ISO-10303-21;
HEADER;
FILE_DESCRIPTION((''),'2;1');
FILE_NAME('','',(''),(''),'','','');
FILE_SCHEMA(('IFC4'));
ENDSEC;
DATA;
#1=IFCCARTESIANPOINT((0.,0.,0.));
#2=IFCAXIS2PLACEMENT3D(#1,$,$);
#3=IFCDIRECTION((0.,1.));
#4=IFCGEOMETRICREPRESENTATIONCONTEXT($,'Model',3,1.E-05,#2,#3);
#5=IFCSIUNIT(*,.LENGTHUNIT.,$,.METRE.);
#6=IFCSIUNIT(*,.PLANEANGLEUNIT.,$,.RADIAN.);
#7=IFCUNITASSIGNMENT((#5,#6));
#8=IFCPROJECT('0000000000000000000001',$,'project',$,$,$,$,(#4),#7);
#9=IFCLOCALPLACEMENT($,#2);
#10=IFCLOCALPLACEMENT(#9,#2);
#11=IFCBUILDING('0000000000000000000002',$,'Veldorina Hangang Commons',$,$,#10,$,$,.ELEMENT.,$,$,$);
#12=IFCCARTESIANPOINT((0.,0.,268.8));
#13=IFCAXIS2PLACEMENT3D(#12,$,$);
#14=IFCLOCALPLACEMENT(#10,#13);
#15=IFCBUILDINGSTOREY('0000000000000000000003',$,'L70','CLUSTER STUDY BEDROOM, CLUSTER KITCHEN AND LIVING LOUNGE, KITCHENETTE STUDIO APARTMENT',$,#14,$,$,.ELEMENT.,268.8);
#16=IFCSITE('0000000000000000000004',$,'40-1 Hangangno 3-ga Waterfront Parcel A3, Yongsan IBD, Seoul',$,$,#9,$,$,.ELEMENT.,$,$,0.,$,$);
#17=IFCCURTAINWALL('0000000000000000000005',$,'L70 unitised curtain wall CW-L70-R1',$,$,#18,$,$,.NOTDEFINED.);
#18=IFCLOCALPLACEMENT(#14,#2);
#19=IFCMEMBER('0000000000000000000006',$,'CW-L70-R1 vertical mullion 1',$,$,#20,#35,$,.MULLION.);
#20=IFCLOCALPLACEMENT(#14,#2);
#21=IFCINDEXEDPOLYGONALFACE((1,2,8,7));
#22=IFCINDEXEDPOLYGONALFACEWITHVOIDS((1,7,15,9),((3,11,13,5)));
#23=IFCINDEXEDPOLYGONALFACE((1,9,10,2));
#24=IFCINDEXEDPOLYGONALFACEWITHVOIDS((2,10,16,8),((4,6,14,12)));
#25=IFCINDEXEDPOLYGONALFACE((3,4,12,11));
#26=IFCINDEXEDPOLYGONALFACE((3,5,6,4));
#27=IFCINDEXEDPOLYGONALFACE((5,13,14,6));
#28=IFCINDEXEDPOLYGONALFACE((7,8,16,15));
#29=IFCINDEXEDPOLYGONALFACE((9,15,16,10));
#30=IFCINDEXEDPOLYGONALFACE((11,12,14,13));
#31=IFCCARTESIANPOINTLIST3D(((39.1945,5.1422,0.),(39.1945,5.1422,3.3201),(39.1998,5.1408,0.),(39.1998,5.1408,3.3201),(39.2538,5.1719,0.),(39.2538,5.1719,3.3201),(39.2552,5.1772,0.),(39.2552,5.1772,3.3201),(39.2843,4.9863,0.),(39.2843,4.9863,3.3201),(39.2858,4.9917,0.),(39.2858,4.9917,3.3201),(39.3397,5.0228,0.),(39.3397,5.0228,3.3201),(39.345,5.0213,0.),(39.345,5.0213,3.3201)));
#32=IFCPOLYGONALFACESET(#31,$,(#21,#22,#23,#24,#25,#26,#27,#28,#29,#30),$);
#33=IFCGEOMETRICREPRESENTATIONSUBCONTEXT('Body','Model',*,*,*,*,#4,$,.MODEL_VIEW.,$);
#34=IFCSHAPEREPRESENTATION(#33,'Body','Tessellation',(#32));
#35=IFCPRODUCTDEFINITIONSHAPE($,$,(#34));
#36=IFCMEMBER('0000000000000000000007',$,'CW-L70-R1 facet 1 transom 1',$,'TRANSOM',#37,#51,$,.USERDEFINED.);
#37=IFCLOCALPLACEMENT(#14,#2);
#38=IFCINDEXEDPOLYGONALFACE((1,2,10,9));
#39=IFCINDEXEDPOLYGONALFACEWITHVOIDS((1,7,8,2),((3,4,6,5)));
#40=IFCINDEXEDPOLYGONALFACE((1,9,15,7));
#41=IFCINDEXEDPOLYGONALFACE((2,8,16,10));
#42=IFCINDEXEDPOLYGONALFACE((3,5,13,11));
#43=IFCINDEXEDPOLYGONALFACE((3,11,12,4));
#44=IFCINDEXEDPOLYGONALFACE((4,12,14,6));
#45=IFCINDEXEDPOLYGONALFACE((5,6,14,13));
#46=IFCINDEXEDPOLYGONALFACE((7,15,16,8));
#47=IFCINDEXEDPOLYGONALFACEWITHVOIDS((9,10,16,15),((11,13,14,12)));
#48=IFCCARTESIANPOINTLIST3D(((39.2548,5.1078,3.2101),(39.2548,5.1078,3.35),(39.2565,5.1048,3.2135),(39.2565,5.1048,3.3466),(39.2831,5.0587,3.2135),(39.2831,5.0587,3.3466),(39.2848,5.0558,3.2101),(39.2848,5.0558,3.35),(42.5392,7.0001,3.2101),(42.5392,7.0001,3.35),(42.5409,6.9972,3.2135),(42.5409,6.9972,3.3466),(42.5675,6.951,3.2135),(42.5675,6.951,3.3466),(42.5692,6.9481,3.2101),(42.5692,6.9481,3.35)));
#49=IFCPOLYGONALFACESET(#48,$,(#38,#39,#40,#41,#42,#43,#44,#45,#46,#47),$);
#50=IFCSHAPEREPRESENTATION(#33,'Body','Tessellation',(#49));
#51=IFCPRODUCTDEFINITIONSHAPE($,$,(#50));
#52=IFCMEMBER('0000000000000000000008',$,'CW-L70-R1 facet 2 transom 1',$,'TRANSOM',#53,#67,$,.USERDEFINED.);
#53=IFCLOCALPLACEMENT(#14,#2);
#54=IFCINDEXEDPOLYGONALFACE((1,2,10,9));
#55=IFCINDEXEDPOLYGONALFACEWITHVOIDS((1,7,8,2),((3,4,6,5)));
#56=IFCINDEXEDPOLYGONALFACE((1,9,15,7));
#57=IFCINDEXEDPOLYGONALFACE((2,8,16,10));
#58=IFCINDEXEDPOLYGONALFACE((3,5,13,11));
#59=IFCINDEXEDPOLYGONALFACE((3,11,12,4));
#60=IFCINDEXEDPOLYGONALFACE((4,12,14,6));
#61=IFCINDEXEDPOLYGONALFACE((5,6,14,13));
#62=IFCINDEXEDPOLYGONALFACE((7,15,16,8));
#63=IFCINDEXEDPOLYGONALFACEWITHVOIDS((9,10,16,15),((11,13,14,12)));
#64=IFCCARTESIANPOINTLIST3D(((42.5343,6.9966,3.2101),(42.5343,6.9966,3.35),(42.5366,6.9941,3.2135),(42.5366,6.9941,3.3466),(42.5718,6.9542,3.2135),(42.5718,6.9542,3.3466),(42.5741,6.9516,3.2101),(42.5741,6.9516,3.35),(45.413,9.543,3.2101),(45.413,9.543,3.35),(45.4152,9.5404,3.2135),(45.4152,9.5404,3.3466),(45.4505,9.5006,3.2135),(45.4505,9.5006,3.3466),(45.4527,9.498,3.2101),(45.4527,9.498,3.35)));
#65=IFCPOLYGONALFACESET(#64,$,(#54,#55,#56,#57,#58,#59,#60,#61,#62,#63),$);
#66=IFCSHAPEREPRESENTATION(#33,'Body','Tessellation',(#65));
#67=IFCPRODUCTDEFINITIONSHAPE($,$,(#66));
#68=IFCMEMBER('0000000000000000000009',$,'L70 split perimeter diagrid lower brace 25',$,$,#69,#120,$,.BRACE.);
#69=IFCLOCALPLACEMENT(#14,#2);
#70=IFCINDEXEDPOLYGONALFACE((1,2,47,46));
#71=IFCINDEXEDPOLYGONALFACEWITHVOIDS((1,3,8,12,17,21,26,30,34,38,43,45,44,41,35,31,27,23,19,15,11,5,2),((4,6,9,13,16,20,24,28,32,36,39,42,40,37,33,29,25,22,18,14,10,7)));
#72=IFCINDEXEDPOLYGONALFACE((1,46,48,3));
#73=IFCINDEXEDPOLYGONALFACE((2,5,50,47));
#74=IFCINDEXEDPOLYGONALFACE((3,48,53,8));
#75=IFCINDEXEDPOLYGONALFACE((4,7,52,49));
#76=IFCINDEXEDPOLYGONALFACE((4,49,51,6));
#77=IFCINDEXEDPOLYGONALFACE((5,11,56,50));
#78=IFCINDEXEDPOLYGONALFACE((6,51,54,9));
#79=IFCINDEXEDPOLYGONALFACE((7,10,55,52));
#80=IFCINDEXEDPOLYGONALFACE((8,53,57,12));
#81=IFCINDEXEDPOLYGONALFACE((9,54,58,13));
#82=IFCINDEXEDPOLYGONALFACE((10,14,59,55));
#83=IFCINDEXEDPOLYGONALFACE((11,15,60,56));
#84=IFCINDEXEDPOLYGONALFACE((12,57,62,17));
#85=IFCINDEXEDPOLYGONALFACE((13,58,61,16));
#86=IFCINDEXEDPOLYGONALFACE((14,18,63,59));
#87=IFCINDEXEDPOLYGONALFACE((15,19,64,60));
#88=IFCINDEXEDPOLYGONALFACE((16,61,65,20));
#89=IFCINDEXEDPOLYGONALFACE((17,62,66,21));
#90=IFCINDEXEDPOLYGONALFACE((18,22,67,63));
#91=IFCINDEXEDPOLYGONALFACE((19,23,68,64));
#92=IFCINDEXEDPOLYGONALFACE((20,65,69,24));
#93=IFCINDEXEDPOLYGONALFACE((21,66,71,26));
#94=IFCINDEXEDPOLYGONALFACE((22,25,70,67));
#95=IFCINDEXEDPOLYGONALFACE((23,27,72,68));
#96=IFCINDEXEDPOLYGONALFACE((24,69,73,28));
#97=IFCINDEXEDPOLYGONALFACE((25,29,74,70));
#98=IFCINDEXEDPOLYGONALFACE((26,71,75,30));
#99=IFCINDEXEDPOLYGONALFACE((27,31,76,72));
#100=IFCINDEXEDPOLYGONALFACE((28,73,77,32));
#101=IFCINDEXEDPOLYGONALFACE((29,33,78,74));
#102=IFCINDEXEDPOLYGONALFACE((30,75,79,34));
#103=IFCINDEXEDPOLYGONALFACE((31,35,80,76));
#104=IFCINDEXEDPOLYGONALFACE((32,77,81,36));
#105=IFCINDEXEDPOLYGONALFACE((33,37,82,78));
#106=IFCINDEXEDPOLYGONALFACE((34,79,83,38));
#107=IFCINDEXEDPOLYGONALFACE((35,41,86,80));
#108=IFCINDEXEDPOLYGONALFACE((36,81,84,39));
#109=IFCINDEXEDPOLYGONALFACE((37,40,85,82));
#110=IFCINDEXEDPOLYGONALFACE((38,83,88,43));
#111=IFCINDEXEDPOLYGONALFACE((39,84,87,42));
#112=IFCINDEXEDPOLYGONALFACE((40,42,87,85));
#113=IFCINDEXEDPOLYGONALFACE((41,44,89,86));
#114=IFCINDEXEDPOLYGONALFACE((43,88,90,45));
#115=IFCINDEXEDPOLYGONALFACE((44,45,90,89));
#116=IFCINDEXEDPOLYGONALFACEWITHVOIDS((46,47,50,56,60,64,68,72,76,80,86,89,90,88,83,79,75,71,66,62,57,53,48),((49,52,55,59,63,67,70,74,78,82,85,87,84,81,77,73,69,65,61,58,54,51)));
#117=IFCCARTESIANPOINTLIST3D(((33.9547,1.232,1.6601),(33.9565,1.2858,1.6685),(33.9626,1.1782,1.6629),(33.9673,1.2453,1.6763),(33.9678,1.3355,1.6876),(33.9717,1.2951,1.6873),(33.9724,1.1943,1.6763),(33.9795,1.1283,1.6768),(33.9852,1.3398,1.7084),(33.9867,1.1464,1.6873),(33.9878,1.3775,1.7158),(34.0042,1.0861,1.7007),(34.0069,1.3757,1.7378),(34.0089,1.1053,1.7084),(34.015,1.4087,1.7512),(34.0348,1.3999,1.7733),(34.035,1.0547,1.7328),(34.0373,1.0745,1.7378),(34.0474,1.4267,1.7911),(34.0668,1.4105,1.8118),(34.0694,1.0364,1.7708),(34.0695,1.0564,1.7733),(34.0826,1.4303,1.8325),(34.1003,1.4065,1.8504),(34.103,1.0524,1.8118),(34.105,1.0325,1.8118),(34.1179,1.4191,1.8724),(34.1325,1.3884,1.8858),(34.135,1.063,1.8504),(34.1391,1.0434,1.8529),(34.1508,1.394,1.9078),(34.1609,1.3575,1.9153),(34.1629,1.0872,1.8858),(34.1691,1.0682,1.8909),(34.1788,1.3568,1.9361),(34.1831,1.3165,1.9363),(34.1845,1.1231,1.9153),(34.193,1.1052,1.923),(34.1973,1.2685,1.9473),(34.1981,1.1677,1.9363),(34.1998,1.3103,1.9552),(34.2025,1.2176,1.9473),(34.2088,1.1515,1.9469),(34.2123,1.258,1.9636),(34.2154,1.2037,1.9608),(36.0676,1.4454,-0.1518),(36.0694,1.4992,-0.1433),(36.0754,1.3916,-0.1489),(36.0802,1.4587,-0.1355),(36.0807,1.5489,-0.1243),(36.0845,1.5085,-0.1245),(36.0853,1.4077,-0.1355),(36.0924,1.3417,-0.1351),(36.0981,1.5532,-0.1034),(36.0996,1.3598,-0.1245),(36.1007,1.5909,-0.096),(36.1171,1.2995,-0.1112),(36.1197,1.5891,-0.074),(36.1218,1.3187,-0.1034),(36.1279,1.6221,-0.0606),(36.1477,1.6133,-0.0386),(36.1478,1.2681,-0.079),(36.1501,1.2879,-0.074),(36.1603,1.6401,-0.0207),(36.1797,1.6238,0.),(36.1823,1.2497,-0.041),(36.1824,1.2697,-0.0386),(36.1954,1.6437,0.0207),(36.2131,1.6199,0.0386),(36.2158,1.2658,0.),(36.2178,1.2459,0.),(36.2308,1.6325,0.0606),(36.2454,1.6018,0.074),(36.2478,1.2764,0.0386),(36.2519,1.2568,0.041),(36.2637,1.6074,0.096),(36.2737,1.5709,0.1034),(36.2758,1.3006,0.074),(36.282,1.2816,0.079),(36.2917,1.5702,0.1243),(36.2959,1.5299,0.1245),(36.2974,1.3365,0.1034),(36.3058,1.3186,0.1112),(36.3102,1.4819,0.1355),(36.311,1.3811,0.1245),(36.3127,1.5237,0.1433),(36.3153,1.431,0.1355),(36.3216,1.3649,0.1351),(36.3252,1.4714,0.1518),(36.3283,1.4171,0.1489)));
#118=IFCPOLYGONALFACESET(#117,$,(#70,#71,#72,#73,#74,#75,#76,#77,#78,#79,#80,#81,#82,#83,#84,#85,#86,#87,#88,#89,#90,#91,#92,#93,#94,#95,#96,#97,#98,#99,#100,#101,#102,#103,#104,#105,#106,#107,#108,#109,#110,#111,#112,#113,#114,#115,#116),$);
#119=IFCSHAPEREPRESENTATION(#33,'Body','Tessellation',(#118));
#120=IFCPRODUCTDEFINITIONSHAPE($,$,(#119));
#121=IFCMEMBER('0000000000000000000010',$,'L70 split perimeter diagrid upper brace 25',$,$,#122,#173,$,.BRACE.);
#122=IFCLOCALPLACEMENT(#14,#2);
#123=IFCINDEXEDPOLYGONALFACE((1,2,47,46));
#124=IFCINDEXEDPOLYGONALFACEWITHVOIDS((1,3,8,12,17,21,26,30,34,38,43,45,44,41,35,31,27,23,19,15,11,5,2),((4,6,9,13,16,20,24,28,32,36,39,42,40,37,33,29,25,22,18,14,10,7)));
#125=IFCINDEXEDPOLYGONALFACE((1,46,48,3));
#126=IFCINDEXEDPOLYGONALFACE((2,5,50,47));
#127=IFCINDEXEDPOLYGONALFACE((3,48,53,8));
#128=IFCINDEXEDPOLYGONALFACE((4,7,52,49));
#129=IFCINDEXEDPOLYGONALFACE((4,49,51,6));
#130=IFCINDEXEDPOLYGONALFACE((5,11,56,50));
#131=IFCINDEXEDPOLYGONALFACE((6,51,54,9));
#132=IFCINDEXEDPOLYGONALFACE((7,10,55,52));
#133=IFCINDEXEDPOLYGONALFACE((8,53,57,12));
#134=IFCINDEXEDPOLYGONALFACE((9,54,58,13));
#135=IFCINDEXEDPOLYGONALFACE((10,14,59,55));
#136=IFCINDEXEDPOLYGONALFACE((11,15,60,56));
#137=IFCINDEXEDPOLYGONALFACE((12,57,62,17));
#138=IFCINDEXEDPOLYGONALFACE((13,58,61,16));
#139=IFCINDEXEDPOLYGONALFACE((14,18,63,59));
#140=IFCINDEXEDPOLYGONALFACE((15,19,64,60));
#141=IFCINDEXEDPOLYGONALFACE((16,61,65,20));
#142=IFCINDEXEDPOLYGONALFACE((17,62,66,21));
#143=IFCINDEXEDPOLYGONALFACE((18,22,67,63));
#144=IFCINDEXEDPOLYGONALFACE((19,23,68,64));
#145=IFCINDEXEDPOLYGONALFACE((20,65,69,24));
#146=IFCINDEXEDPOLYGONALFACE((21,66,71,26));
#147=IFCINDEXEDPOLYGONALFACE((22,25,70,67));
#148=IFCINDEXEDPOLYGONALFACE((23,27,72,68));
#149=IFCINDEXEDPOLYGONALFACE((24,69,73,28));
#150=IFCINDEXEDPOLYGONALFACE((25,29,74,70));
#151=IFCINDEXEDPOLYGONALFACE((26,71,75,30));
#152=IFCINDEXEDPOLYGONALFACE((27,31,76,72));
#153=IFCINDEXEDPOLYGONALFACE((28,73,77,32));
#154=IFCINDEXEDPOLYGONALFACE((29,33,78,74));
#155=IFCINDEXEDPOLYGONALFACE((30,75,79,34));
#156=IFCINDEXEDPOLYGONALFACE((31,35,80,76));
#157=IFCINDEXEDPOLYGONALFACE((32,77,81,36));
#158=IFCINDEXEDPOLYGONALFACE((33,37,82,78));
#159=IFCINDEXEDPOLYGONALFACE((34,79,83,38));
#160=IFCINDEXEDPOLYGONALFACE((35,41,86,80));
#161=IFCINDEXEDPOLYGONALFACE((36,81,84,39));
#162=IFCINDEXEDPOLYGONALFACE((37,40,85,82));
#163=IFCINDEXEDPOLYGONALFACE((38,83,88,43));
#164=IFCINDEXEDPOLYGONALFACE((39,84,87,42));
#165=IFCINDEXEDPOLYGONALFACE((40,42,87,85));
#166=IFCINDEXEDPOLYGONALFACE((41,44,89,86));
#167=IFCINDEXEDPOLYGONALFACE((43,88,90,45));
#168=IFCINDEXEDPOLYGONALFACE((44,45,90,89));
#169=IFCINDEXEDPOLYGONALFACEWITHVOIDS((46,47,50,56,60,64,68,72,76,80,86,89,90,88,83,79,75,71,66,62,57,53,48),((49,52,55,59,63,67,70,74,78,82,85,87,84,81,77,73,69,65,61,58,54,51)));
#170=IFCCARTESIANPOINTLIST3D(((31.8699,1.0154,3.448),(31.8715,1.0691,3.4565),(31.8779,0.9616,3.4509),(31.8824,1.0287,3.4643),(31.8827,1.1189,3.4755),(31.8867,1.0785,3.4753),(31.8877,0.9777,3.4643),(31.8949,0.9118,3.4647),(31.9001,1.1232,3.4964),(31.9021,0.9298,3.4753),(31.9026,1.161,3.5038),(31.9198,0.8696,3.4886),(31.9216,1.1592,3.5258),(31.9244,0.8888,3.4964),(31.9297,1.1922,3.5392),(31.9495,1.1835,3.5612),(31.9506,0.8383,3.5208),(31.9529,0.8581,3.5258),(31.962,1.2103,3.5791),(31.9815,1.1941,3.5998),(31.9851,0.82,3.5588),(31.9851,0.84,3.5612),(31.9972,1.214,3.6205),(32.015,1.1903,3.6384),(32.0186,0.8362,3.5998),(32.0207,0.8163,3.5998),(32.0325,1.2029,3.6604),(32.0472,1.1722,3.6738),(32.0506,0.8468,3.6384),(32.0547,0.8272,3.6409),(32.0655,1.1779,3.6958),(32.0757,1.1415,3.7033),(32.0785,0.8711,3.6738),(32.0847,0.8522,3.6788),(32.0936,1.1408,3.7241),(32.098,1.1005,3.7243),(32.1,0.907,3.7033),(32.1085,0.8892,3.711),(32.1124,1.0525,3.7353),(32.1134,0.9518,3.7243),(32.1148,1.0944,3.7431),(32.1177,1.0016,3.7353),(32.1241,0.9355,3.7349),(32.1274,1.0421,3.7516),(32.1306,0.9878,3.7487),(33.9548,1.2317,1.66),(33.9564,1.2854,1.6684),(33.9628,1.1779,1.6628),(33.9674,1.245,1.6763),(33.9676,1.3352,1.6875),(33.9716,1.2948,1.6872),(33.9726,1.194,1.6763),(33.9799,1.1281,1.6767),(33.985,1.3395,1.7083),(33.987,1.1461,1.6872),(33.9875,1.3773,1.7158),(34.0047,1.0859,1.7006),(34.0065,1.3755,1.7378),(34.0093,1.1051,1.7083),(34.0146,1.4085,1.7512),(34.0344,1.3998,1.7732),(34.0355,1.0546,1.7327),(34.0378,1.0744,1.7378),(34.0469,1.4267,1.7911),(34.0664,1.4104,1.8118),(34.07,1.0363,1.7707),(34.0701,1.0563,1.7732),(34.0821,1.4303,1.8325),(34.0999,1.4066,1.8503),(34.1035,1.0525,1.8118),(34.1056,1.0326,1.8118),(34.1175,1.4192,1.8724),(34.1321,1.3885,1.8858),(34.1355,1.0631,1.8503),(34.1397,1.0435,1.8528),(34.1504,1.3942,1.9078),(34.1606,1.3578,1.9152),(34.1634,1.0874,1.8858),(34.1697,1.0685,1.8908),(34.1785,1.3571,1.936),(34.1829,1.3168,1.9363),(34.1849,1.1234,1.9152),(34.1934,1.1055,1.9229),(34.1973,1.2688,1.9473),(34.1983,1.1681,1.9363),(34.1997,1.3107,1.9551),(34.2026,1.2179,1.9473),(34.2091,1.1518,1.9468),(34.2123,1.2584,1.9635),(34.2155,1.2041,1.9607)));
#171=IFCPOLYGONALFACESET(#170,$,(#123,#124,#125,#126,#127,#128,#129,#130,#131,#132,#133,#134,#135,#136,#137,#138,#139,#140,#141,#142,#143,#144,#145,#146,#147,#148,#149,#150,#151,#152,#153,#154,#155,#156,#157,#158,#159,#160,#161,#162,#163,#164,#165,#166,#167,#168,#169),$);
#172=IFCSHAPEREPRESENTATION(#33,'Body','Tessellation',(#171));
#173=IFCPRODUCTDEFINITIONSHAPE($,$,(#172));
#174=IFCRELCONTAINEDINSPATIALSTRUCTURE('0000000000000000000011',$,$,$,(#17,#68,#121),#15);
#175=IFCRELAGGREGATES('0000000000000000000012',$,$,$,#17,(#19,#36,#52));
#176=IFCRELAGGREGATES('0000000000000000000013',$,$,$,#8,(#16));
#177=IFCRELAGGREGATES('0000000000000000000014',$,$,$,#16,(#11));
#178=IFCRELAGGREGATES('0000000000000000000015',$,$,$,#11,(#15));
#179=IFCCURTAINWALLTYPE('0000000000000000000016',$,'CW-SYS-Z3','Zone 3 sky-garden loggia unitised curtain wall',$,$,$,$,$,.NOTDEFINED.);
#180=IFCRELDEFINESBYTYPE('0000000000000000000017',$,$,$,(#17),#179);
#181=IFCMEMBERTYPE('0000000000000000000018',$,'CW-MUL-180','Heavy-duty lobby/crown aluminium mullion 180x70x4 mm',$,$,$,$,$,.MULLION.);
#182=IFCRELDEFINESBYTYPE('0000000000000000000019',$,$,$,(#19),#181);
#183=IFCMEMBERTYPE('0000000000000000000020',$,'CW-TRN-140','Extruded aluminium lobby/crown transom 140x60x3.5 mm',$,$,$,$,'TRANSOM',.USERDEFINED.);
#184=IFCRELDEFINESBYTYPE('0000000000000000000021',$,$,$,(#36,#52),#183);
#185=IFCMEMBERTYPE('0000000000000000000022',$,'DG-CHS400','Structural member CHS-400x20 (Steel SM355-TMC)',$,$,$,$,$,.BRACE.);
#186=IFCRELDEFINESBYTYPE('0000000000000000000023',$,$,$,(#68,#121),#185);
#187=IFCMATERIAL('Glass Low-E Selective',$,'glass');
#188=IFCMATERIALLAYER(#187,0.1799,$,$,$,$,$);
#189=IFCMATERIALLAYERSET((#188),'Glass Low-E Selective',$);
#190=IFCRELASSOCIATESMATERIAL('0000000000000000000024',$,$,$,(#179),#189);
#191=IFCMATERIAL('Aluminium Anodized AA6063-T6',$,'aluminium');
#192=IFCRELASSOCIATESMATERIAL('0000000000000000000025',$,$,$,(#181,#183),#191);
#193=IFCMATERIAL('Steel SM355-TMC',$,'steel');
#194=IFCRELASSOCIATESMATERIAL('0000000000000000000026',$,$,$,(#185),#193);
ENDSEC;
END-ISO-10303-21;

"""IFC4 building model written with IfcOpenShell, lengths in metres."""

from ifc_helpers import new_model, si_unit, direction, frame, origin, origin_2d, place, context, subcontext, project, spatial, hollow_rectangle, hollow_circle, extrude, material, layer, layer_set, material_profile, profile_set, type_object, element, aggregate, save


model = new_model("IFC4")

# Units and contexts
model_context = context("Model", 3, precision=1e-05, world=origin(), true_north=direction((0.0, 1.0)))
body_context = subcontext(model_context, "Body", "Model", "MODEL_VIEW")
ifc_project = project(units=[si_unit("LENGTHUNIT", "METRE"), si_unit("PLANEANGLEUNIT", "RADIAN")], contexts=[model_context])

# Site, building, storey
site_placement = place(None, origin())
site = spatial("IfcSite", under=ifc_project, at=site_placement, Name="40-1 Hangangno 3-ga Waterfront Parcel A3, Yongsan IBD, Seoul", CompositionType="ELEMENT", RefElevation=0.0)
building_placement = place(site_placement, origin())
building = spatial("IfcBuilding", under=site, at=building_placement, Name="Veldorina Hangang Commons", CompositionType="ELEMENT")
storey_placement = place(building_placement, frame((0.0, 0.0, 268.8)))
storey = spatial("IfcBuildingStorey", under=building, at=storey_placement, Name="L70", Description="CLUSTER STUDY BEDROOM, CLUSTER KITCHEN AND LIVING LOUNGE, KITCHENETTE STUDIO APARTMENT", CompositionType="ELEMENT", Elevation=268.8)

# Shared definitions
ifc_material_1 = material(Name="Steel SM355-TMC", Category="steel")

# Curtain wall, members
ifc_material_2 = material(Name="Glass Low-E Selective", Category="glass")
ifc_layer_1 = layer(ifc_material_2, 0.1799)
ifc_layer_set_1 = layer_set([ifc_layer_1], Name="Glass Low-E Selective")
curtain_wall_type = type_object("IfcCurtainWallType", Name="CW-SYS-Z3", Description="Zone 3 sky-garden loggia unitised curtain wall", PredefinedType="NOTDEFINED", material=ifc_layer_set_1)
curtain_wall_placement = place(storey_placement, origin())
curtain_wall = element("IfcCurtainWall", 1, at=curtain_wall_placement, inside=storey, type_object=curtain_wall_type, Name="L70 unitised curtain wall CW-L70-R1", PredefinedType="NOTDEFINED")
ifc_material_3 = material(Name="Aluminium Anodized AA6063-T6", Category="aluminium")
ifc_material_profile_1 = material_profile(ifc_material_3, hollow_rectangle(XDim=0.0701, YDim=0.1799, WallThickness=0.0039, at=origin_2d()), Name="ALU-RHS-180x70x4")
ifc_profile_set_1 = profile_set([ifc_material_profile_1], Name="Aluminium Anodized AA6063-T6")
member_type_1 = type_object("IfcMemberType", Name="CW-MUL-180", Description="Heavy-duty lobby/crown aluminium mullion 180x70x4 mm", PredefinedType="MULLION", material=ifc_profile_set_1)
member_1_placement = place(storey_placement, frame((39.2698, 5.0818, 0.0), z_axis=(0.0, 0.0, 1.0), x_axis=(0.86647, 0.499229, 0.0)))
member_1 = element("IfcMember", 2, at=member_1_placement, type_object=member_type_1, Name="CW-L70-R1 vertical mullion 1", PredefinedType="MULLION", context=body_context, shape_type="SweptSolid", body=[
    extrude(hollow_rectangle(XDim=0.0701, YDim=0.1799, WallThickness=0.0039, at=origin_2d()), origin(), (0.0, 0.0, 1.0), 3.3201),
])
ifc_material_profile_2 = material_profile(ifc_material_3, hollow_rectangle(XDim=0.0601, YDim=0.1399, WallThickness=0.0034, at=origin_2d()), Name="ALU-RHS-140x60x3.5")
ifc_profile_set_2 = profile_set([ifc_material_profile_2], Name="Aluminium Anodized AA6063-T6")
member_type_2 = type_object("IfcMemberType", Name="CW-TRN-140", Description="Extruded aluminium lobby/crown transom 140x60x3.5 mm", ElementType="TRANSOM", PredefinedType="USERDEFINED", material=ifc_profile_set_2)
member_2_placement = place(storey_placement, frame((39.2698, 5.0818, 3.28), z_axis=(0.866474, 0.499222, 0.0), x_axis=(-0.499222, 0.866474, 0.0)))
member_2 = element("IfcMember", 3, at=member_2_placement, type_object=member_type_2, Name="CW-L70-R1 facet 1 transom 1", ObjectType="TRANSOM", PredefinedType="USERDEFINED", context=body_context, shape_type="SweptSolid", body=[
    extrude(hollow_rectangle(XDim=0.0601, YDim=0.1399, WallThickness=0.0034, at=origin_2d()), origin(), (0.0, 0.0, 1.0), 3.7905),
])
member_3_placement = place(storey_placement, frame((42.5542, 6.9741, 3.28), z_axis=(0.749012, 0.662556, 0.0), x_axis=(-0.662556, 0.749012, 0.0)))
member_3 = element("IfcMember", 4, at=member_3_placement, type_object=member_type_2, Name="CW-L70-R1 facet 2 transom 1", ObjectType="TRANSOM", PredefinedType="USERDEFINED", context=body_context, shape_type="SweptSolid", body=[
    extrude(hollow_rectangle(XDim=0.0601, YDim=0.1399, WallThickness=0.0034, at=origin_2d()), origin(), (0.0, 0.0, 1.0), 3.8433),
])

# Members
ifc_material_profile_3 = material_profile(ifc_material_1, hollow_circle(Radius=0.2, WallThickness=0.02, at=origin_2d()), Name="CHS-400x20")
ifc_profile_set_3 = profile_set([ifc_material_profile_3], Name="Steel SM355-TMC")
member_type_3 = type_object("IfcMemberType", Name="DG-CHS400", Description="Structural member CHS-400x20 (Steel SM355-TMC)", PredefinedType="BRACE", material=ifc_profile_set_3)
member_4_placement = place(storey_placement, frame((36.1978, 1.4448, 0.0), z_axis=(-0.756893, -0.076441, 0.649053), x_axis=(0.100483, -0.994939, 0.0)))
element("IfcMember", 5, at=member_4_placement, inside=storey, type_object=member_type_3, Name="L70 split perimeter diagrid lower brace 25", PredefinedType="BRACE", context=body_context, shape_type="SweptSolid", body=[
    extrude(hollow_circle(Radius=0.2, WallThickness=0.02, at=origin_2d()), origin(), (0.0, 0.0, 1.0), 2.7915),
])
member_5_placement = place(storey_placement, frame((34.085, 1.2314, 1.8118), z_axis=(-0.756738, -0.078509, 0.648987), x_axis=(0.103193, -0.994661, 0.0)))
element("IfcMember", 6, at=member_5_placement, inside=storey, type_object=member_type_3, Name="L70 split perimeter diagrid upper brace 25", PredefinedType="BRACE", context=body_context, shape_type="SweptSolid", body=[
    extrude(hollow_circle(Radius=0.2, WallThickness=0.02, at=origin_2d()), origin(), (0.0, 0.0, 1.0), 2.7551),
])

aggregate(curtain_wall, [member_1, member_2, member_3])

save(model, "model.ifc")
